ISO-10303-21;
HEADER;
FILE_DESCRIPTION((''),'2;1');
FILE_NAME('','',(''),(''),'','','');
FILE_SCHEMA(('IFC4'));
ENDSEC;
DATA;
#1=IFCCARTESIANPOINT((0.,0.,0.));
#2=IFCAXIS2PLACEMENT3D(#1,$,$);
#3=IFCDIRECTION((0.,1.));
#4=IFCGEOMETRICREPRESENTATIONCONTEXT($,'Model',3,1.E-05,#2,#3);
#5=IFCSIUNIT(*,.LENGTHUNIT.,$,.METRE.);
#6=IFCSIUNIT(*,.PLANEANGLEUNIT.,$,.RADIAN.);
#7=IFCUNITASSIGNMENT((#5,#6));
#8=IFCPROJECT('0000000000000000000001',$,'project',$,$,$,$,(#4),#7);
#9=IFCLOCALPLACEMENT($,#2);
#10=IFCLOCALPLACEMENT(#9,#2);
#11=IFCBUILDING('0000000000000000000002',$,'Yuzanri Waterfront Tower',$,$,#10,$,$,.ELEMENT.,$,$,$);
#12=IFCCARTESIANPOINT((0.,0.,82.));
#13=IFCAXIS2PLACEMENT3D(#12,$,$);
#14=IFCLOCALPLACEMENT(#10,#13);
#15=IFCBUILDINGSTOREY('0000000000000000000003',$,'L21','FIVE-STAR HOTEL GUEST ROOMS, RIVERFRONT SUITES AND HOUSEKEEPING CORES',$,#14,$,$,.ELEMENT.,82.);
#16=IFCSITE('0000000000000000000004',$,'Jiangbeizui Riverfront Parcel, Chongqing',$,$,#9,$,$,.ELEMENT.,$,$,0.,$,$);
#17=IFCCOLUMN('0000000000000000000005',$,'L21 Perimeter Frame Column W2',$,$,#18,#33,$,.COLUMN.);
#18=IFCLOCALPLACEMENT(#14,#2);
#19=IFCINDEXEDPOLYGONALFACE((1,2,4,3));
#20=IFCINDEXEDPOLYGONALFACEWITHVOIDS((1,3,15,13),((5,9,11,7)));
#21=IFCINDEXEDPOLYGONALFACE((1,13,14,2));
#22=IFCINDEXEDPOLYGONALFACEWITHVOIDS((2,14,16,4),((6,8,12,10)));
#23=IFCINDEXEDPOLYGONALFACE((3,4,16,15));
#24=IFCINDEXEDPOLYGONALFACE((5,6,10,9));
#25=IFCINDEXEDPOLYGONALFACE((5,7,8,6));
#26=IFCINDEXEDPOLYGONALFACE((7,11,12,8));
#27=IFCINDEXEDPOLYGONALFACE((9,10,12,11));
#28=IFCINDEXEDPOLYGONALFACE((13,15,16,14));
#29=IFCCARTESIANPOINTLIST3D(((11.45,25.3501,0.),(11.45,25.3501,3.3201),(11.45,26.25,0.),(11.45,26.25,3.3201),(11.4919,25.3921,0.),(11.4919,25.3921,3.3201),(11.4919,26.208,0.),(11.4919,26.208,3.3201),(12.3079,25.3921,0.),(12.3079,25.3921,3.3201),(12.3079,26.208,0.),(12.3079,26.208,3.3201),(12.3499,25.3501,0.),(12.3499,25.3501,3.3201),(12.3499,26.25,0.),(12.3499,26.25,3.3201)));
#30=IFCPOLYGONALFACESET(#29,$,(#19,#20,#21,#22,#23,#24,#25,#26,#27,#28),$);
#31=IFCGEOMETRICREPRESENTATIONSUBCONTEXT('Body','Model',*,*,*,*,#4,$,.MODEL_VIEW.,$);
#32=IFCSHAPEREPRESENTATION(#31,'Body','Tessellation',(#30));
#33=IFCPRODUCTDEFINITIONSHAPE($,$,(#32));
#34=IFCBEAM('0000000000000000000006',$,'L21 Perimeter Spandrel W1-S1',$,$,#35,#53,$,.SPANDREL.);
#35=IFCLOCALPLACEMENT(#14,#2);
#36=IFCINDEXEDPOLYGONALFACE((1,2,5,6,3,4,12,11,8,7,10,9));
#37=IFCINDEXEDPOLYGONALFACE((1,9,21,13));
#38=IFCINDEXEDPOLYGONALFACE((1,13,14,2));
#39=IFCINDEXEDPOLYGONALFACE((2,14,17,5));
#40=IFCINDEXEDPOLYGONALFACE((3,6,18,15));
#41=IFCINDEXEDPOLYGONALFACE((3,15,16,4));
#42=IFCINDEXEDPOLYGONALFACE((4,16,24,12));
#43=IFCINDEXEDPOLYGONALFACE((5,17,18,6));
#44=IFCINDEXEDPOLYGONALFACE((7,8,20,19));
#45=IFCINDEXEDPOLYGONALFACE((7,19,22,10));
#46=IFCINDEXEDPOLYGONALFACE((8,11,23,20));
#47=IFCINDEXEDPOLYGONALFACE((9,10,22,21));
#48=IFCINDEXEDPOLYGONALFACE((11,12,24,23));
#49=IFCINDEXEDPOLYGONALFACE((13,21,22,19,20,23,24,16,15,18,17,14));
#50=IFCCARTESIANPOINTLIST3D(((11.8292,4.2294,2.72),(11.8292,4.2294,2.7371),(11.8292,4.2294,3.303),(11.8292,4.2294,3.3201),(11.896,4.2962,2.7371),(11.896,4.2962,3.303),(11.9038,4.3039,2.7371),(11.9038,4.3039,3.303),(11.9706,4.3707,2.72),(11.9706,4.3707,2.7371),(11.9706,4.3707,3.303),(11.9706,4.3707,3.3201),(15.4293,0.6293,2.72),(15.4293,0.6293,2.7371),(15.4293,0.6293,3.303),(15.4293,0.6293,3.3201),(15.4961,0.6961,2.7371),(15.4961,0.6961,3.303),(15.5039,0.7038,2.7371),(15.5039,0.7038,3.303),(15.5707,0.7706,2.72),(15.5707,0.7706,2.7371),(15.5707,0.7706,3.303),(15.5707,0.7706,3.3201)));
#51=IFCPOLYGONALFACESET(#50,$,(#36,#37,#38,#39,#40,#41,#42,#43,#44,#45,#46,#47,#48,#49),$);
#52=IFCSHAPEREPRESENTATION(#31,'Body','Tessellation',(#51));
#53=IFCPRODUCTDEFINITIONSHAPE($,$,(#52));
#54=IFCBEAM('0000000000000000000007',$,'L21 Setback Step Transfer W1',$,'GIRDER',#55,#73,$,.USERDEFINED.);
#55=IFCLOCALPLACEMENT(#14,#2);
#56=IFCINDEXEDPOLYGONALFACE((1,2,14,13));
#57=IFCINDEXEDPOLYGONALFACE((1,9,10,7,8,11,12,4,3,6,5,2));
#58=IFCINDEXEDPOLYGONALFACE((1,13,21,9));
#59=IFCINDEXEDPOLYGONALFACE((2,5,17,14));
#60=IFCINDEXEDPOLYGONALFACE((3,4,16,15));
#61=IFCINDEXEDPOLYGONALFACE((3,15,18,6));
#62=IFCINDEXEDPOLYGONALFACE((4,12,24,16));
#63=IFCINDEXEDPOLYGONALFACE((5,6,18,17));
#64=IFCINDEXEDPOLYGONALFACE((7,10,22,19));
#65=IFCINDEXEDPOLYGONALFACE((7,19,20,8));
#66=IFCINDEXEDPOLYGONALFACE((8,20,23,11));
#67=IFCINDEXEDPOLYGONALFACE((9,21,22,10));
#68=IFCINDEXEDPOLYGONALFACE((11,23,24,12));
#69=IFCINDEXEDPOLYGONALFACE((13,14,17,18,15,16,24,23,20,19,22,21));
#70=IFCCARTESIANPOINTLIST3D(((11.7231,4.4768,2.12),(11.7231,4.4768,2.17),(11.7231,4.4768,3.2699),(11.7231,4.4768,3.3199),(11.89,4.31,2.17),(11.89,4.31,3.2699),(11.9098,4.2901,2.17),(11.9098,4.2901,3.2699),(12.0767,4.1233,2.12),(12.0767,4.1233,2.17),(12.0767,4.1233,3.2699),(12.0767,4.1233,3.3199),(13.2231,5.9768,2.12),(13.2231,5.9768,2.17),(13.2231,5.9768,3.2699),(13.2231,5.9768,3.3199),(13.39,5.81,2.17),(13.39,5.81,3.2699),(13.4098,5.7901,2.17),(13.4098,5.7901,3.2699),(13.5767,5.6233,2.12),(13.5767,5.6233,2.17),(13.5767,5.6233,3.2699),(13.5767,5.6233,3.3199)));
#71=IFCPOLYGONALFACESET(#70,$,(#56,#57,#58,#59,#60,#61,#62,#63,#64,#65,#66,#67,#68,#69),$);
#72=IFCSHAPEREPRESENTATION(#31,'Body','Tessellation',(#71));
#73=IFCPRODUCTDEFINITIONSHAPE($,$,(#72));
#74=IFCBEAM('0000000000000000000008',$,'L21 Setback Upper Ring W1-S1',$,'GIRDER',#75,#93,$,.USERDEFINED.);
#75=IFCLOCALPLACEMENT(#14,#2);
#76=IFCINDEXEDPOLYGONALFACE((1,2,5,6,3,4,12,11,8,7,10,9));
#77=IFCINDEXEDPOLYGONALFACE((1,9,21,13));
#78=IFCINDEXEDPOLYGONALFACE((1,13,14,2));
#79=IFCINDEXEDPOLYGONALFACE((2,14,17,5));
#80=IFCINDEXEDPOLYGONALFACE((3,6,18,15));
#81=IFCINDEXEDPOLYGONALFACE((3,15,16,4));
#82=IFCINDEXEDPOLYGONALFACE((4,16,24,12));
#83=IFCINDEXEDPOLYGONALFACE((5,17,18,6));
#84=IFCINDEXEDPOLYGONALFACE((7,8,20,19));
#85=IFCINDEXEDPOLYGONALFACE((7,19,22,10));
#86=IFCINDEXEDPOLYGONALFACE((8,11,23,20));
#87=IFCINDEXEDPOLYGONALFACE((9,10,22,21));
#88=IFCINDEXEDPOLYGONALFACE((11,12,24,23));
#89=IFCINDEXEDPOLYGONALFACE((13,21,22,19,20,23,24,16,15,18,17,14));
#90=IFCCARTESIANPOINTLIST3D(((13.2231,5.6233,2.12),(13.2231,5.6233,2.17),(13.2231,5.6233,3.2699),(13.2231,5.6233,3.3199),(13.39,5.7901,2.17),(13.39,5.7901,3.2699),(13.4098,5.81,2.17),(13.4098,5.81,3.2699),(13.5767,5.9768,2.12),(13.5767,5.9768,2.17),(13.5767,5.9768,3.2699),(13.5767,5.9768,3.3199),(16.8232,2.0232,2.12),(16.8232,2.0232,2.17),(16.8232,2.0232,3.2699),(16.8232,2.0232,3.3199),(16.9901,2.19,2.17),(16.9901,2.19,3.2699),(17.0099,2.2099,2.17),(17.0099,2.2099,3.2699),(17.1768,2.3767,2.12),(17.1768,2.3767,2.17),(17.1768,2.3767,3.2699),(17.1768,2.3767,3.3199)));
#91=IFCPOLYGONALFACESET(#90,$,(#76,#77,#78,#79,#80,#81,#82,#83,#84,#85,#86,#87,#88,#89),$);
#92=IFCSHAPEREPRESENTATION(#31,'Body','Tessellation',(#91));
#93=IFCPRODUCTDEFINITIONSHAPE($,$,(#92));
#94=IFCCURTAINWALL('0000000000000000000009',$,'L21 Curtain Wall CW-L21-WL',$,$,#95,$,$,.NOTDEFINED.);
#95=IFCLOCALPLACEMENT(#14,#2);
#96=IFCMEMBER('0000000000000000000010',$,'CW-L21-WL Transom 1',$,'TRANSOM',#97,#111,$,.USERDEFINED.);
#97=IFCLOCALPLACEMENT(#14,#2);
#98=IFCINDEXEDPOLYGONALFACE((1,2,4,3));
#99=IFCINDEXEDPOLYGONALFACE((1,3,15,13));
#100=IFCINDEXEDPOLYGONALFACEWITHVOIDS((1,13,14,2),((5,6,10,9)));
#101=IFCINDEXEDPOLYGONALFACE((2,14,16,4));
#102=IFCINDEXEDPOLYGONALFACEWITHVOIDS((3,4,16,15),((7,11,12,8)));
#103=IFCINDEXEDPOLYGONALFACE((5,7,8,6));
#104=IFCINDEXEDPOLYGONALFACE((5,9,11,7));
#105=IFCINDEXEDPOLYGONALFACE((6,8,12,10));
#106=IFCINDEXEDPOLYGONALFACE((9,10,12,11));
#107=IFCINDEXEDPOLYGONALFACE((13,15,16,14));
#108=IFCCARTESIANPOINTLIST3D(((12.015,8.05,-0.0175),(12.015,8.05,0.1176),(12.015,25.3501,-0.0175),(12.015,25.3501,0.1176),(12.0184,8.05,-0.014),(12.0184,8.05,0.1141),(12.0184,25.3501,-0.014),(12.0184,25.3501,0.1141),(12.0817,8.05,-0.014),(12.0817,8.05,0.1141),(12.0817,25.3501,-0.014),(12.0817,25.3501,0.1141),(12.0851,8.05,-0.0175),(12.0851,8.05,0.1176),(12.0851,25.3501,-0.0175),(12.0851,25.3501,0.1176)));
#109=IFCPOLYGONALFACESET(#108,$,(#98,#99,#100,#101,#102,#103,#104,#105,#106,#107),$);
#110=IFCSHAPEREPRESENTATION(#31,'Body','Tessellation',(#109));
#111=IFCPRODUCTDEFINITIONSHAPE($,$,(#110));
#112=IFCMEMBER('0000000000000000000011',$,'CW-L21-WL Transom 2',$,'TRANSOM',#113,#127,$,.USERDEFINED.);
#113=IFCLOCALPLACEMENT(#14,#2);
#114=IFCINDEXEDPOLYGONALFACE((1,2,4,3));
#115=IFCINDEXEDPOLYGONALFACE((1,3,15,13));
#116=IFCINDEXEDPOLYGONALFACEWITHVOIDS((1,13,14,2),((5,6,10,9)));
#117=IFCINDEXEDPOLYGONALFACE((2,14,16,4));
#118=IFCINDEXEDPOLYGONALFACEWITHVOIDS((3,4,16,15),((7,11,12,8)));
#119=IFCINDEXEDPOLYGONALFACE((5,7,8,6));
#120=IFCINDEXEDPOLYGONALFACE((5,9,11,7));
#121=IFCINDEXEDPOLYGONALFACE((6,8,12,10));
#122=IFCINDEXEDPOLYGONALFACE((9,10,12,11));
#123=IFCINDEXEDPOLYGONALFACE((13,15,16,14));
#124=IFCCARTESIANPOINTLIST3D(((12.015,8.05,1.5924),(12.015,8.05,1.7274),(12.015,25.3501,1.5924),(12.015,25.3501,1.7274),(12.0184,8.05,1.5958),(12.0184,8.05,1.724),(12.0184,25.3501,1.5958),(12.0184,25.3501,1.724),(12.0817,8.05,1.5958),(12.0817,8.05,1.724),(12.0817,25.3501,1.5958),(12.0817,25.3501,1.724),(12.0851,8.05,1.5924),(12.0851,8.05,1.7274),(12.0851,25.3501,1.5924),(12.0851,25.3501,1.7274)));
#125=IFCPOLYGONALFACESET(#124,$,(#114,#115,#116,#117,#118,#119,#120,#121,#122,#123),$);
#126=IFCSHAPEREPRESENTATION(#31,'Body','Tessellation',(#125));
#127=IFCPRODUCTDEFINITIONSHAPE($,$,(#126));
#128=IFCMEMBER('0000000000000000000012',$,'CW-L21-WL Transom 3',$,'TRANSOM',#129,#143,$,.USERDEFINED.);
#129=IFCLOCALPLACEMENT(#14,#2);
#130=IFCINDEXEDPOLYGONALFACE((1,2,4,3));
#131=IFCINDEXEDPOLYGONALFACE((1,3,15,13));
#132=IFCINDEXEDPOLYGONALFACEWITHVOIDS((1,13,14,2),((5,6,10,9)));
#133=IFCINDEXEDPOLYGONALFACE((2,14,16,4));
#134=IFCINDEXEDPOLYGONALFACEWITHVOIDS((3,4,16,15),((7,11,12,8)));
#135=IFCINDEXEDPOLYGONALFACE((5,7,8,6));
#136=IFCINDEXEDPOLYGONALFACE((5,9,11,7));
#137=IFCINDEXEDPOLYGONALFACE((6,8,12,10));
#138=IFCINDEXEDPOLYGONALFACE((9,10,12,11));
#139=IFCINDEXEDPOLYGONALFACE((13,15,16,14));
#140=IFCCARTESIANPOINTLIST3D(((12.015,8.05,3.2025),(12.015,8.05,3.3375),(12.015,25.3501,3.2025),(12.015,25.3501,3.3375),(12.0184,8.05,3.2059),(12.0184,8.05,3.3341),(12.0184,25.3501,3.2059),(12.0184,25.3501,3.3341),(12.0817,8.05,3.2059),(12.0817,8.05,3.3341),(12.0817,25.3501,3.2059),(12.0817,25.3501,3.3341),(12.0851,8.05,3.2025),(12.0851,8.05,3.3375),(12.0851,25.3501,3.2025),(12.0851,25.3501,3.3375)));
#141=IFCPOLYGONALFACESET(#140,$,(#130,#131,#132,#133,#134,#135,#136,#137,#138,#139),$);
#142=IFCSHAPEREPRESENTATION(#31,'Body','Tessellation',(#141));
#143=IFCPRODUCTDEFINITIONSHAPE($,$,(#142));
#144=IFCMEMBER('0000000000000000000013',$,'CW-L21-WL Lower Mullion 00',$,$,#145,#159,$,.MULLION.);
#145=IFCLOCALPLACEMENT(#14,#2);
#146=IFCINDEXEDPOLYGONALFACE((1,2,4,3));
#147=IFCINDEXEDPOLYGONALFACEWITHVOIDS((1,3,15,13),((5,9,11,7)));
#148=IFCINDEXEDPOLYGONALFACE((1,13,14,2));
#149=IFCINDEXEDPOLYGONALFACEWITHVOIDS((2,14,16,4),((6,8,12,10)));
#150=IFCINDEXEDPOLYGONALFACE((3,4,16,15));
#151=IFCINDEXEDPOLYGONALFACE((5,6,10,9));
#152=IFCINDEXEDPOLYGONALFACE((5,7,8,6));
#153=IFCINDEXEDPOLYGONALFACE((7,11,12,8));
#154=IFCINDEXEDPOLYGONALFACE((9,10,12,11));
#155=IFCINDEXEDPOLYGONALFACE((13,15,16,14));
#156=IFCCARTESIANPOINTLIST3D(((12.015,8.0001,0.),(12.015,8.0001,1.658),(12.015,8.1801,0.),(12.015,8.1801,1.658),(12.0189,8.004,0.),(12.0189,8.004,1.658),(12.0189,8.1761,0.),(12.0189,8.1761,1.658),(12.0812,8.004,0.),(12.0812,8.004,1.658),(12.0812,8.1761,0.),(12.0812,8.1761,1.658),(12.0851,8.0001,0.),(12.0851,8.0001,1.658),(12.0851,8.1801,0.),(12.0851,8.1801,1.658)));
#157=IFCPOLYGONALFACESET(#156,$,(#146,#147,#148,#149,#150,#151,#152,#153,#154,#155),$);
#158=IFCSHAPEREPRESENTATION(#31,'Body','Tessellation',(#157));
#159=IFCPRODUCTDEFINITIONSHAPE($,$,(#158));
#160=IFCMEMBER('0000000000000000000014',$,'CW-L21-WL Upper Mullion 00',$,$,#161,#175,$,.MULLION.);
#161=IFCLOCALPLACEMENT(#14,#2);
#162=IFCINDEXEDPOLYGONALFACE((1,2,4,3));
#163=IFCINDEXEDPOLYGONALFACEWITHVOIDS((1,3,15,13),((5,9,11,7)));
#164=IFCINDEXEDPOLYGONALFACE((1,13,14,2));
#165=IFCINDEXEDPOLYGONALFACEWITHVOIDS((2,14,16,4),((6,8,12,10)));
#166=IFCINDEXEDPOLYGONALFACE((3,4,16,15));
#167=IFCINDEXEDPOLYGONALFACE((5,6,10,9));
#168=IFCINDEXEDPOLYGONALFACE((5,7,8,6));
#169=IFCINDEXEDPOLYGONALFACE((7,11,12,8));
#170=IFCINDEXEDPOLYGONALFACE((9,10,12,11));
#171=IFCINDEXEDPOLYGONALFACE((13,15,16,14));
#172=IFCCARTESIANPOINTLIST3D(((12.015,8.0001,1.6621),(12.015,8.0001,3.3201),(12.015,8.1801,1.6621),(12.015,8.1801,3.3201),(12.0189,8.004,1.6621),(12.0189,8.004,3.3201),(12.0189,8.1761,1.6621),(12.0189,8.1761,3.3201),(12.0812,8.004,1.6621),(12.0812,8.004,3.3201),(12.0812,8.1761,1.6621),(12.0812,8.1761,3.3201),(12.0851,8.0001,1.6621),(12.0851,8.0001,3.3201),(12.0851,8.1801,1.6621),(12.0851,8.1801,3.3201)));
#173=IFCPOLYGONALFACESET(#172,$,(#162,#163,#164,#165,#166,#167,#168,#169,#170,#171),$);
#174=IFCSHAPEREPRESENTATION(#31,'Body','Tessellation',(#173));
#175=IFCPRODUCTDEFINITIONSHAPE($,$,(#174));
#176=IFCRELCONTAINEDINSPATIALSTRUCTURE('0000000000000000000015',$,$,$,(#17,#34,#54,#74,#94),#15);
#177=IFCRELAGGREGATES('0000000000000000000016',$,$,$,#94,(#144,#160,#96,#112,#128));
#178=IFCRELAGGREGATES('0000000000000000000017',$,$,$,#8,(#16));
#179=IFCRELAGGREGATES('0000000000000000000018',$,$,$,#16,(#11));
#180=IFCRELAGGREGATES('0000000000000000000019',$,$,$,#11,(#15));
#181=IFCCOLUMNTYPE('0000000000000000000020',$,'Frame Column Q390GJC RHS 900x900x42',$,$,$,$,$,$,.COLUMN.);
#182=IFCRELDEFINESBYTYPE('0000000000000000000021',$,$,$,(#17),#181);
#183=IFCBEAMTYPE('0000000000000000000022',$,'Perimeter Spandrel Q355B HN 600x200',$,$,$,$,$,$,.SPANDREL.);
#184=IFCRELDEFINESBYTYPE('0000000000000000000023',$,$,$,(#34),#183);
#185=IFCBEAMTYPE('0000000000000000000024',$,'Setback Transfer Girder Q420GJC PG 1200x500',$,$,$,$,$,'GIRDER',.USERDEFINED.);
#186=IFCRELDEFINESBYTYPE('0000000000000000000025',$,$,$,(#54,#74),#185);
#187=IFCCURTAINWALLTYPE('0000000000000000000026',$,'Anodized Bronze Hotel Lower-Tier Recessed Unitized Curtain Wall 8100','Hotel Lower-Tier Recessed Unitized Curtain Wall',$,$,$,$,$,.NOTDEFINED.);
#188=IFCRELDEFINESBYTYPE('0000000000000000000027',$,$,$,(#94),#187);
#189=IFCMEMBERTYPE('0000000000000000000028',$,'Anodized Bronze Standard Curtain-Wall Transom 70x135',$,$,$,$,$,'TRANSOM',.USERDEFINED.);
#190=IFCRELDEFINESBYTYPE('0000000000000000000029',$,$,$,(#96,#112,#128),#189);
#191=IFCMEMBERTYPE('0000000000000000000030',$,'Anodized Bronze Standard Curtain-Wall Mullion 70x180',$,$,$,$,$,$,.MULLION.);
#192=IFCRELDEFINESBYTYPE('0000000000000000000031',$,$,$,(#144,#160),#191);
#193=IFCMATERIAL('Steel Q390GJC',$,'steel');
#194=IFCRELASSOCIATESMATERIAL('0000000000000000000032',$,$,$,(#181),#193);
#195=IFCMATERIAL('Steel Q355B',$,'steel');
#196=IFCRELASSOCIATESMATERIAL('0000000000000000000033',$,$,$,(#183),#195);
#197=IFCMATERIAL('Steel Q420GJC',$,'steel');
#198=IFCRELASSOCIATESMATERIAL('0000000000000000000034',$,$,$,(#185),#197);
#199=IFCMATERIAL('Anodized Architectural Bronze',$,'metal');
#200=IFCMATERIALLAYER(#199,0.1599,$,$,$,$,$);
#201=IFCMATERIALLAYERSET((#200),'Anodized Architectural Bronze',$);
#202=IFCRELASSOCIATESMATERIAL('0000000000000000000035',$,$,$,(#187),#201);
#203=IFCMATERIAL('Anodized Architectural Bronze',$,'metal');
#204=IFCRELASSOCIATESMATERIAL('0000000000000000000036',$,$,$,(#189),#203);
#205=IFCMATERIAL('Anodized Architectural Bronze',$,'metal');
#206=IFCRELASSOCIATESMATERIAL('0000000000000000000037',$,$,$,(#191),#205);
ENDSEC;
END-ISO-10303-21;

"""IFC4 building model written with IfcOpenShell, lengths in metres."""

from ifc_helpers import new_model, si_unit, direction, frame, origin, origin_2d, place, context, subcontext, project, spatial, hollow_rectangle, i_section, extrude, source, transform, mapped, material, layer, layer_set, material_profile, profile_set, type_object, element, aggregate, save


model = new_model("IFC4")

# Units and contexts
model_context = context("Model", 3, precision=1e-05, world=origin(), true_north=direction((0.0, 1.0)))
body_context = subcontext(model_context, "Body", "Model", "MODEL_VIEW")
ifc_project = project(units=[si_unit("LENGTHUNIT", "METRE"), si_unit("PLANEANGLEUNIT", "RADIAN")], contexts=[model_context])

# Site, building, storey
site_placement = place(None, origin())
site = spatial("IfcSite", under=ifc_project, at=site_placement, Name="Jiangbeizui Riverfront Parcel, Chongqing", CompositionType="ELEMENT", RefElevation=0.0)
building_placement = place(site_placement, origin())
building = spatial("IfcBuilding", under=site, at=building_placement, Name="Yuzanri Waterfront Tower", CompositionType="ELEMENT")
storey_placement = place(building_placement, frame((0.0, 0.0, 82.0)))
storey = spatial("IfcBuildingStorey", under=building, at=storey_placement, Name="L21", Description="FIVE-STAR HOTEL GUEST ROOMS, RIVERFRONT SUITES AND HOUSEKEEPING CORES", CompositionType="ELEMENT", Elevation=82.0)

# Column
ifc_material_1 = material(Name="Steel Q390GJC", Category="steel")
ifc_material_profile_1 = material_profile(ifc_material_1, hollow_rectangle(XDim=0.8999, YDim=0.8999, WallThickness=0.042, at=origin_2d()), Name="RHS 900x900x42")
ifc_profile_set_1 = profile_set([ifc_material_profile_1], Name="Steel Q390GJC")
column_type = type_object("IfcColumnType", Name="Frame Column Q390GJC RHS 900x900x42", PredefinedType="COLUMN", material=ifc_profile_set_1)
shared_shape_1 = source(origin(), body_context, "Body", "SweptSolid", [
    extrude(hollow_rectangle(XDim=0.8999, YDim=0.8999, WallThickness=0.042, at=origin_2d()), origin(), (0.0, 0.0, 1.0), 3.3201),
])
column_placement = place(storey_placement, frame((11.8999, 25.8, 0.0), z_axis=(0.0, 0.0, 1.0), x_axis=(1.0, 0.0, 0.0)))
element("IfcColumn", 1, at=column_placement, inside=storey, type_object=column_type, Name="L21 Perimeter Frame Column W2", PredefinedType="COLUMN", context=body_context, shape_type="MappedRepresentation", body=[
    mapped(shared_shape_1, transform((0.0, 0.0, 0.0), scale=1.0)),
])

# Beams
ifc_material_2 = material(Name="Steel Q355B", Category="steel")
ifc_material_profile_2 = material_profile(ifc_material_2, i_section(OverallWidth=0.2, OverallDepth=0.6001, WebThickness=0.011, FlangeThickness=0.0171, at=origin_2d()), Name="HN 600x200x11x17")
ifc_profile_set_2 = profile_set([ifc_material_profile_2], Name="Steel Q355B")
beam_type_1 = type_object("IfcBeamType", Name="Perimeter Spandrel Q355B HN 600x200", PredefinedType="SPANDREL", material=ifc_profile_set_2)
shared_shape_2 = source(origin(), body_context, "Body", "SweptSolid", [
    extrude(i_section(OverallWidth=0.2, OverallDepth=0.6001, WebThickness=0.011, FlangeThickness=0.0171, at=origin_2d()), origin(), (0.0, 0.0, 1.0), 5.0913),
])
beam_1_placement = place(storey_placement, frame((11.8999, 4.3, 3.02), z_axis=(0.707107, -0.707107, 0.0), x_axis=(0.707107, 0.707107, 0.0)))
element("IfcBeam", 2, at=beam_1_placement, inside=storey, type_object=beam_type_1, Name="L21 Perimeter Spandrel W1-S1", PredefinedType="SPANDREL", context=body_context, shape_type="MappedRepresentation", body=[
    mapped(shared_shape_2, transform((0.0, 0.0, 0.0), scale=1.0)),
])
ifc_material_3 = material(Name="Steel Q420GJC", Category="steel")
ifc_material_profile_3 = material_profile(ifc_material_3, i_section(OverallWidth=0.5, OverallDepth=1.2, WebThickness=0.0281, FlangeThickness=0.05, at=origin_2d()), Name="PG 1200x500x28x50")
ifc_profile_set_3 = profile_set([ifc_material_profile_3], Name="Steel Q420GJC")
beam_type_2 = type_object("IfcBeamType", Name="Setback Transfer Girder Q420GJC PG 1200x500", ElementType="GIRDER", PredefinedType="USERDEFINED", material=ifc_profile_set_3)
shared_shape_3 = source(origin(), body_context, "Body", "SweptSolid", [
    extrude(i_section(OverallWidth=0.5, OverallDepth=1.2, WebThickness=0.0281, FlangeThickness=0.05, at=origin_2d()), origin(), (0.0, 0.0, 1.0), 2.1213),
])
beam_2_placement = place(storey_placement, frame((13.3999, 5.8, 2.72), z_axis=(-0.707107, -0.707107, 0.0), x_axis=(0.707107, -0.707107, 0.0)))
element("IfcBeam", 3, at=beam_2_placement, inside=storey, type_object=beam_type_2, Name="L21 Setback Step Transfer W1", ObjectType="GIRDER", PredefinedType="USERDEFINED", context=body_context, shape_type="MappedRepresentation", body=[
    mapped(shared_shape_3, transform((0.0, 0.0, 0.0), scale=1.0)),
])
shared_shape_4 = source(origin(), body_context, "Body", "SweptSolid", [
    extrude(i_section(OverallWidth=0.5, OverallDepth=1.2, WebThickness=0.0281, FlangeThickness=0.05, at=origin_2d()), origin(), (0.0, 0.0, 1.0), 5.0913),
])
beam_3_placement = place(storey_placement, frame((13.3999, 5.8, 2.72), z_axis=(0.707107, -0.707107, 0.0), x_axis=(0.707107, 0.707107, 0.0)))
element("IfcBeam", 4, at=beam_3_placement, inside=storey, type_object=beam_type_2, Name="L21 Setback Upper Ring W1-S1", ObjectType="GIRDER", PredefinedType="USERDEFINED", context=body_context, shape_type="MappedRepresentation", body=[
    mapped(shared_shape_4, transform((0.0, 0.0, 0.0), scale=1.0)),
])

# Curtain wall, members
ifc_material_4 = material(Name="Anodized Architectural Bronze", Category="metal")
ifc_layer_1 = layer(ifc_material_4, 0.1599)
ifc_layer_set_1 = layer_set([ifc_layer_1], Name="Anodized Architectural Bronze")
curtain_wall_type = type_object("IfcCurtainWallType", Name="Anodized Bronze Hotel Lower-Tier Recessed Unitized Curtain Wall 8100", Description="Hotel Lower-Tier Recessed Unitized Curtain Wall", PredefinedType="NOTDEFINED", material=ifc_layer_set_1)
curtain_wall_placement = place(storey_placement, origin())
curtain_wall = element("IfcCurtainWall", 5, at=curtain_wall_placement, inside=storey, type_object=curtain_wall_type, Name="L21 Curtain Wall CW-L21-WL", PredefinedType="NOTDEFINED")
ifc_material_5 = material(Name="Anodized Architectural Bronze", Category="metal")
ifc_material_profile_4 = material_profile(ifc_material_5, hollow_rectangle(XDim=0.0701, YDim=0.135, WallThickness=0.0034, at=origin_2d()), Name="CWT 70x135")
ifc_profile_set_4 = profile_set([ifc_material_profile_4], Name="Anodized Architectural Bronze")
member_type_1 = type_object("IfcMemberType", Name="Anodized Bronze Standard Curtain-Wall Transom 70x135", ElementType="TRANSOM", PredefinedType="USERDEFINED", material=ifc_profile_set_4)
shared_shape_5 = source(origin(), body_context, "Body", "SweptSolid", [
    extrude(hollow_rectangle(XDim=0.0701, YDim=0.135, WallThickness=0.0034, at=origin_2d()), origin(), (0.0, 0.0, 1.0), 17.3),
])
member_1_placement = place(storey_placement, frame((12.05, 8.05, 0.05), z_axis=(0.0, 1.0, 0.0), x_axis=(-1.0, 0.0, 0.0)))
member_1 = element("IfcMember", 6, at=member_1_placement, type_object=member_type_1, Name="CW-L21-WL Transom 1", ObjectType="TRANSOM", PredefinedType="USERDEFINED", context=body_context, shape_type="MappedRepresentation", body=[
    mapped(shared_shape_5, transform((0.0, 0.0, 0.0), scale=1.0)),
])
member_2_placement = place(storey_placement, frame((12.05, 8.05, 1.6599), z_axis=(0.0, 1.0, 0.0), x_axis=(-1.0, 0.0, 0.0)))
member_2 = element("IfcMember", 7, at=member_2_placement, type_object=member_type_1, Name="CW-L21-WL Transom 2", ObjectType="TRANSOM", PredefinedType="USERDEFINED", context=body_context, shape_type="MappedRepresentation", body=[
    mapped(shared_shape_5, transform((0.0, 0.0, 0.0), scale=1.0)),
])
member_3_placement = place(storey_placement, frame((12.05, 8.05, 3.27), z_axis=(0.0, 1.0, 0.0), x_axis=(-1.0, 0.0, 0.0)))
member_3 = element("IfcMember", 8, at=member_3_placement, type_object=member_type_1, Name="CW-L21-WL Transom 3", ObjectType="TRANSOM", PredefinedType="USERDEFINED", context=body_context, shape_type="MappedRepresentation", body=[
    mapped(shared_shape_5, transform((0.0, 0.0, 0.0), scale=1.0)),
])
ifc_material_6 = material(Name="Anodized Architectural Bronze", Category="metal")
ifc_material_profile_5 = material_profile(ifc_material_6, hollow_rectangle(XDim=0.0701, YDim=0.1799, WallThickness=0.0039, at=origin_2d()), Name="CWM 70x180")
ifc_profile_set_5 = profile_set([ifc_material_profile_5], Name="Anodized Architectural Bronze")
member_type_2 = type_object("IfcMemberType", Name="Anodized Bronze Standard Curtain-Wall Mullion 70x180", PredefinedType="MULLION", material=ifc_profile_set_5)
shared_shape_6 = source(origin(), body_context, "Body", "SweptSolid", [
    extrude(hollow_rectangle(XDim=0.0701, YDim=0.1799, WallThickness=0.0039, at=origin_2d()), origin(), (0.0, 0.0, 1.0), 1.658),
])
member_4_placement = place(storey_placement, frame((12.05, 8.0901, 0.0), z_axis=(0.0, 0.0, 1.0), x_axis=(1.0, 0.0, 0.0)))
member_4 = element("IfcMember", 9, at=member_4_placement, type_object=member_type_2, Name="CW-L21-WL Lower Mullion 00", PredefinedType="MULLION", context=body_context, shape_type="MappedRepresentation", body=[
    mapped(shared_shape_6, transform((0.0, 0.0, 0.0), scale=1.0)),
])
member_5_placement = place(storey_placement, frame((12.05, 8.0901, 1.6621), z_axis=(0.0, 0.0, 1.0), x_axis=(1.0, 0.0, 0.0)))
member_5 = element("IfcMember", 10, at=member_5_placement, type_object=member_type_2, Name="CW-L21-WL Upper Mullion 00", PredefinedType="MULLION", context=body_context, shape_type="MappedRepresentation", body=[
    mapped(shared_shape_6, transform((0.0, 0.0, 0.0), scale=1.0)),
])

aggregate(curtain_wall, [member_4, member_5, member_1, member_2, member_3])

save(model, "model.ifc")
